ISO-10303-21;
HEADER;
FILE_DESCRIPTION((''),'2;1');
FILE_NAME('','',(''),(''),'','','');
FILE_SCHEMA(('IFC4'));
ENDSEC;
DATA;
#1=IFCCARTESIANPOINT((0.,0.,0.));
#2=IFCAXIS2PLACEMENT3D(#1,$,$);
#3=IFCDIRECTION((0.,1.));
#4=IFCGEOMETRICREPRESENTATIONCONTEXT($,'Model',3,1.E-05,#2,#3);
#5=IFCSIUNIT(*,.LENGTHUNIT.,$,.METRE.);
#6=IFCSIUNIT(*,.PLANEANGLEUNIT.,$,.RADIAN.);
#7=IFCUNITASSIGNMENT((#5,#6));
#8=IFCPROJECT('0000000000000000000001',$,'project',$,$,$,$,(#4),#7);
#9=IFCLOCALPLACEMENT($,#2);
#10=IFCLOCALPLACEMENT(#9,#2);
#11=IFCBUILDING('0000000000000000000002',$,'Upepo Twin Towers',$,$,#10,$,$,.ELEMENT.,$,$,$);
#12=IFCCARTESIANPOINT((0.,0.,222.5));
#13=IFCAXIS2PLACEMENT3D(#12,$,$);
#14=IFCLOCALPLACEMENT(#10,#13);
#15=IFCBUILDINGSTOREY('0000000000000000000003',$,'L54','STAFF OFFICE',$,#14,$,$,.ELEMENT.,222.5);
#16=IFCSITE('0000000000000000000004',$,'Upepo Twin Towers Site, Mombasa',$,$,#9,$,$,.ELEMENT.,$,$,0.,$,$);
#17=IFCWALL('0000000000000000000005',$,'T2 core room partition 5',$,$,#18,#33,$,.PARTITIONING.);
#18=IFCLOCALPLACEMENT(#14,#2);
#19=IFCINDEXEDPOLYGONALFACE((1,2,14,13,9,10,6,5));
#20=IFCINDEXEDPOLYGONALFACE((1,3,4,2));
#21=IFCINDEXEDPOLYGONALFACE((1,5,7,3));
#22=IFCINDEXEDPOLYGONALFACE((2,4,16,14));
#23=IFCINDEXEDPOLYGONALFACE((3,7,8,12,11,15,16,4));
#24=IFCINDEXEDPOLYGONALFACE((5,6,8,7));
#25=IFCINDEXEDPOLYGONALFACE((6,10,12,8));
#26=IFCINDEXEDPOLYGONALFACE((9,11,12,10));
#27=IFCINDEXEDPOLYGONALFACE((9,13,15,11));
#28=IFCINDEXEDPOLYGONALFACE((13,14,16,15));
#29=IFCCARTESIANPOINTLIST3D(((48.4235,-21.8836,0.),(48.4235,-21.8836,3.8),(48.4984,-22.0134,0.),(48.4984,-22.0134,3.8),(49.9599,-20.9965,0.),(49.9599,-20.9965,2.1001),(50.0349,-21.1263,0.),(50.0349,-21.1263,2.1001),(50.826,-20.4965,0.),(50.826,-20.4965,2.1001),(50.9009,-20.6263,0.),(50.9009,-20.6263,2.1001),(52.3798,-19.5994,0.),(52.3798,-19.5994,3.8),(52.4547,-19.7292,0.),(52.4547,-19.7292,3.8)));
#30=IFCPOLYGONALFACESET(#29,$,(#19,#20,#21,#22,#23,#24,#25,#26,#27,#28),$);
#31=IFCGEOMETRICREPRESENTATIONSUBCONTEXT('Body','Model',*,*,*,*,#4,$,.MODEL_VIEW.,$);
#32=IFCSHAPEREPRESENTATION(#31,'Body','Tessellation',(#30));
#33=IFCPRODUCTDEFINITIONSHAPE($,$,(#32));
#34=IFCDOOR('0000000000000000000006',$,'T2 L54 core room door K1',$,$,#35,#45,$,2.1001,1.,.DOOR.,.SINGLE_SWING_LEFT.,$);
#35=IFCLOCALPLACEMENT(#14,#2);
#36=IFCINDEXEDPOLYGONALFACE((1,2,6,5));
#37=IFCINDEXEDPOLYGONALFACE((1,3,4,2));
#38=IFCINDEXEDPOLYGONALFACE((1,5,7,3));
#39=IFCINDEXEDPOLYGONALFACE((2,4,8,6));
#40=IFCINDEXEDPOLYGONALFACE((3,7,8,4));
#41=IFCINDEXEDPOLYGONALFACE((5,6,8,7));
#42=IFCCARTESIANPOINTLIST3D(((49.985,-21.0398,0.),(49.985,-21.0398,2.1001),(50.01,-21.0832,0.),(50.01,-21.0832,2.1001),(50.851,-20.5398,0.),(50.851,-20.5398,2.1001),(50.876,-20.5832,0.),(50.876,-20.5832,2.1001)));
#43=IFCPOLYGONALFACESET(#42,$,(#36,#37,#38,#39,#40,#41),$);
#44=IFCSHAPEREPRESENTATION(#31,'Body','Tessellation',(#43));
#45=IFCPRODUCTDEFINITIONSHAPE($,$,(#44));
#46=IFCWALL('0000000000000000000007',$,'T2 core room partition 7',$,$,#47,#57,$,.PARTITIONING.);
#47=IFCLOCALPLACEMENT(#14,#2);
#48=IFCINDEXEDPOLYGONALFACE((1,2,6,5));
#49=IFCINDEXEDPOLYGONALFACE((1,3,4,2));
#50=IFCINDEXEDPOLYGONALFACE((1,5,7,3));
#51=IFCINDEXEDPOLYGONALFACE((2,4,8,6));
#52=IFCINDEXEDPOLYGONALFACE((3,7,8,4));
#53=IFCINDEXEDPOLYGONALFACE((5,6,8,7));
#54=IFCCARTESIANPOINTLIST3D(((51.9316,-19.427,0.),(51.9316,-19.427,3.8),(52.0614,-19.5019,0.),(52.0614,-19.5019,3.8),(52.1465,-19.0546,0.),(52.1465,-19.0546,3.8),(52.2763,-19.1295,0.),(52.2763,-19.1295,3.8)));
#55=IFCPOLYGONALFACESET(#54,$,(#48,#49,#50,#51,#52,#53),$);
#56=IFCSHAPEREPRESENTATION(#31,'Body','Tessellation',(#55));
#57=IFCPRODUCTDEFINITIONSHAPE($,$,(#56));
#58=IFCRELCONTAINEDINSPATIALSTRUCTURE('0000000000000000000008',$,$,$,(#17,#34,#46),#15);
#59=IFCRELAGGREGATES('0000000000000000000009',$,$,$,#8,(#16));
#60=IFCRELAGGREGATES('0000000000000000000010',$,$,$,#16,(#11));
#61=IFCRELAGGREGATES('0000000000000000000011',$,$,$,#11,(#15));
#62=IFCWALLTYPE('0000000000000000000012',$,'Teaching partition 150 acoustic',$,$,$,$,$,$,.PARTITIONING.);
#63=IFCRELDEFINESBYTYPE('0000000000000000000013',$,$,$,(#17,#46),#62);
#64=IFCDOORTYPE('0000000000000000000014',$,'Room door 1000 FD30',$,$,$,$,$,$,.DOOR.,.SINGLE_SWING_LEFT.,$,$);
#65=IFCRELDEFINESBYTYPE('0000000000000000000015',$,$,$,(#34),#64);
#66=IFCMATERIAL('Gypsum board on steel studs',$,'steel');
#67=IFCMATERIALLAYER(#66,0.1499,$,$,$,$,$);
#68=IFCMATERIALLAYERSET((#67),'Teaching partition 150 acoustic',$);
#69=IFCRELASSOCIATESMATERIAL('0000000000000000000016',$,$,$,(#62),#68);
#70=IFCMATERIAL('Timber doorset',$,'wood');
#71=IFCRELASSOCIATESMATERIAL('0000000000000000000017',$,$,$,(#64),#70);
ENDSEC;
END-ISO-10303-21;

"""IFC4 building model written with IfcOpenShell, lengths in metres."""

from ifc_helpers import new_model, si_unit, direction, frame, frame_2d, origin, place, context, subcontext, project, spatial, rectangle, extrude, material, layer, layer_set, type_object, element, fill, save


model = new_model("IFC4")

# Units and contexts
model_context = context("Model", 3, precision=1e-05, world=origin(), true_north=direction((0.0, 1.0)))
body_context = subcontext(model_context, "Body", "Model", "MODEL_VIEW")
ifc_project = project(units=[si_unit("LENGTHUNIT", "METRE"), si_unit("PLANEANGLEUNIT", "RADIAN")], contexts=[model_context])

# Site, building, storey
site_placement = place(None, origin())
site = spatial("IfcSite", under=ifc_project, at=site_placement, Name="Upepo Twin Towers Site, Mombasa", CompositionType="ELEMENT", RefElevation=0.0)
building_placement = place(site_placement, origin())
building = spatial("IfcBuilding", under=site, at=building_placement, Name="Upepo Twin Towers", CompositionType="ELEMENT")
storey_placement = place(building_placement, frame((0.0, 0.0, 222.5)))
storey = spatial("IfcBuildingStorey", under=building, at=storey_placement, Name="L54", Description="STAFF OFFICE", CompositionType="ELEMENT", Elevation=222.5)

# Wall, opening, door
ifc_material_1 = material(Name="Gypsum board on steel studs", Category="steel")
ifc_layer_1 = layer(ifc_material_1, 0.1499)
ifc_layer_set_1 = layer_set([ifc_layer_1], Name="Teaching partition 150 acoustic")
wall_type_1 = type_object("IfcWallType", Name="Teaching partition 150 acoustic", PredefinedType="PARTITIONING", material=ifc_layer_set_1)
wall_1_placement = place(storey_placement, frame((48.4609, -21.9485, 0.0), z_axis=(0.0, 0.0, 1.0), x_axis=(0.866025, 0.500002, 0.0)))
wall_1 = element("IfcWall", 1, at=wall_1_placement, inside=storey, type_object=wall_type_1, Name="T2 core room partition 5", PredefinedType="PARTITIONING", context=body_context, shape_type="SweptSolid", body=[
    extrude(rectangle(XDim=4.5684, YDim=0.1499, at=frame_2d((2.2842, 0.0))), origin(), (0.0, 0.0, 1.0), 3.8),
])
opening_1_placement = place(wall_1_placement, frame((1.7742, 0.0, 0.0)))
opening_1 = element("IfcOpeningElement", 2, at=opening_1_placement, cuts=wall_1, PredefinedType="OPENING", context=body_context, shape_type="SweptSolid", body=[
    extrude(rectangle(XDim=1.0, YDim=2.1001, at=frame_2d((0.5, 1.05))), frame((0.0, 0.085, 0.0), z_axis=(0.0, -1.0, 0.0), x_axis=(1.0, 0.0, 0.0)), (0.0, 0.0, 1.0), 0.1699),
])
ifc_material_2 = material(Name="Timber doorset", Category="wood")
door_type_1 = type_object("IfcDoorType", Name="Room door 1000 FD30", OperationType="SINGLE_SWING_LEFT", PredefinedType="DOOR", material=ifc_material_2)
door_1_placement = place(opening_1_placement, origin())
door_1 = element("IfcDoor", 3, at=door_1_placement, inside=storey, type_object=door_type_1, Name="T2 L54 core room door K1", OperationType="SINGLE_SWING_LEFT", OverallHeight=2.1001, OverallWidth=1.0, PredefinedType="DOOR", context=body_context, shape_type="SweptSolid", body=[
    extrude(rectangle(XDim=1.0, YDim=2.1001, at=frame_2d((0.5, 1.05))), frame((0.0, 0.0249, 0.0), z_axis=(0.0, -1.0, 0.0), x_axis=(1.0, 0.0, 0.0)), (0.0, 0.0, 1.0), 0.05),
])
fill(opening_1, door_1)

# Wall
wall_2_placement = place(storey_placement, frame((51.9966, -19.4644, 0.0), z_axis=(0.0, 0.0, 1.0), x_axis=(0.499804, 0.866138, 0.0)))
element("IfcWall", 4, at=wall_2_placement, inside=storey, type_object=wall_type_1, Name="T2 core room partition 7", PredefinedType="PARTITIONING", context=body_context, shape_type="SweptSolid", body=[
    extrude(rectangle(XDim=0.4299, YDim=0.1499, at=frame_2d((0.2148, 0.0))), origin(), (0.0, 0.0, 1.0), 3.8),
])

save(model, "model.ifc")
